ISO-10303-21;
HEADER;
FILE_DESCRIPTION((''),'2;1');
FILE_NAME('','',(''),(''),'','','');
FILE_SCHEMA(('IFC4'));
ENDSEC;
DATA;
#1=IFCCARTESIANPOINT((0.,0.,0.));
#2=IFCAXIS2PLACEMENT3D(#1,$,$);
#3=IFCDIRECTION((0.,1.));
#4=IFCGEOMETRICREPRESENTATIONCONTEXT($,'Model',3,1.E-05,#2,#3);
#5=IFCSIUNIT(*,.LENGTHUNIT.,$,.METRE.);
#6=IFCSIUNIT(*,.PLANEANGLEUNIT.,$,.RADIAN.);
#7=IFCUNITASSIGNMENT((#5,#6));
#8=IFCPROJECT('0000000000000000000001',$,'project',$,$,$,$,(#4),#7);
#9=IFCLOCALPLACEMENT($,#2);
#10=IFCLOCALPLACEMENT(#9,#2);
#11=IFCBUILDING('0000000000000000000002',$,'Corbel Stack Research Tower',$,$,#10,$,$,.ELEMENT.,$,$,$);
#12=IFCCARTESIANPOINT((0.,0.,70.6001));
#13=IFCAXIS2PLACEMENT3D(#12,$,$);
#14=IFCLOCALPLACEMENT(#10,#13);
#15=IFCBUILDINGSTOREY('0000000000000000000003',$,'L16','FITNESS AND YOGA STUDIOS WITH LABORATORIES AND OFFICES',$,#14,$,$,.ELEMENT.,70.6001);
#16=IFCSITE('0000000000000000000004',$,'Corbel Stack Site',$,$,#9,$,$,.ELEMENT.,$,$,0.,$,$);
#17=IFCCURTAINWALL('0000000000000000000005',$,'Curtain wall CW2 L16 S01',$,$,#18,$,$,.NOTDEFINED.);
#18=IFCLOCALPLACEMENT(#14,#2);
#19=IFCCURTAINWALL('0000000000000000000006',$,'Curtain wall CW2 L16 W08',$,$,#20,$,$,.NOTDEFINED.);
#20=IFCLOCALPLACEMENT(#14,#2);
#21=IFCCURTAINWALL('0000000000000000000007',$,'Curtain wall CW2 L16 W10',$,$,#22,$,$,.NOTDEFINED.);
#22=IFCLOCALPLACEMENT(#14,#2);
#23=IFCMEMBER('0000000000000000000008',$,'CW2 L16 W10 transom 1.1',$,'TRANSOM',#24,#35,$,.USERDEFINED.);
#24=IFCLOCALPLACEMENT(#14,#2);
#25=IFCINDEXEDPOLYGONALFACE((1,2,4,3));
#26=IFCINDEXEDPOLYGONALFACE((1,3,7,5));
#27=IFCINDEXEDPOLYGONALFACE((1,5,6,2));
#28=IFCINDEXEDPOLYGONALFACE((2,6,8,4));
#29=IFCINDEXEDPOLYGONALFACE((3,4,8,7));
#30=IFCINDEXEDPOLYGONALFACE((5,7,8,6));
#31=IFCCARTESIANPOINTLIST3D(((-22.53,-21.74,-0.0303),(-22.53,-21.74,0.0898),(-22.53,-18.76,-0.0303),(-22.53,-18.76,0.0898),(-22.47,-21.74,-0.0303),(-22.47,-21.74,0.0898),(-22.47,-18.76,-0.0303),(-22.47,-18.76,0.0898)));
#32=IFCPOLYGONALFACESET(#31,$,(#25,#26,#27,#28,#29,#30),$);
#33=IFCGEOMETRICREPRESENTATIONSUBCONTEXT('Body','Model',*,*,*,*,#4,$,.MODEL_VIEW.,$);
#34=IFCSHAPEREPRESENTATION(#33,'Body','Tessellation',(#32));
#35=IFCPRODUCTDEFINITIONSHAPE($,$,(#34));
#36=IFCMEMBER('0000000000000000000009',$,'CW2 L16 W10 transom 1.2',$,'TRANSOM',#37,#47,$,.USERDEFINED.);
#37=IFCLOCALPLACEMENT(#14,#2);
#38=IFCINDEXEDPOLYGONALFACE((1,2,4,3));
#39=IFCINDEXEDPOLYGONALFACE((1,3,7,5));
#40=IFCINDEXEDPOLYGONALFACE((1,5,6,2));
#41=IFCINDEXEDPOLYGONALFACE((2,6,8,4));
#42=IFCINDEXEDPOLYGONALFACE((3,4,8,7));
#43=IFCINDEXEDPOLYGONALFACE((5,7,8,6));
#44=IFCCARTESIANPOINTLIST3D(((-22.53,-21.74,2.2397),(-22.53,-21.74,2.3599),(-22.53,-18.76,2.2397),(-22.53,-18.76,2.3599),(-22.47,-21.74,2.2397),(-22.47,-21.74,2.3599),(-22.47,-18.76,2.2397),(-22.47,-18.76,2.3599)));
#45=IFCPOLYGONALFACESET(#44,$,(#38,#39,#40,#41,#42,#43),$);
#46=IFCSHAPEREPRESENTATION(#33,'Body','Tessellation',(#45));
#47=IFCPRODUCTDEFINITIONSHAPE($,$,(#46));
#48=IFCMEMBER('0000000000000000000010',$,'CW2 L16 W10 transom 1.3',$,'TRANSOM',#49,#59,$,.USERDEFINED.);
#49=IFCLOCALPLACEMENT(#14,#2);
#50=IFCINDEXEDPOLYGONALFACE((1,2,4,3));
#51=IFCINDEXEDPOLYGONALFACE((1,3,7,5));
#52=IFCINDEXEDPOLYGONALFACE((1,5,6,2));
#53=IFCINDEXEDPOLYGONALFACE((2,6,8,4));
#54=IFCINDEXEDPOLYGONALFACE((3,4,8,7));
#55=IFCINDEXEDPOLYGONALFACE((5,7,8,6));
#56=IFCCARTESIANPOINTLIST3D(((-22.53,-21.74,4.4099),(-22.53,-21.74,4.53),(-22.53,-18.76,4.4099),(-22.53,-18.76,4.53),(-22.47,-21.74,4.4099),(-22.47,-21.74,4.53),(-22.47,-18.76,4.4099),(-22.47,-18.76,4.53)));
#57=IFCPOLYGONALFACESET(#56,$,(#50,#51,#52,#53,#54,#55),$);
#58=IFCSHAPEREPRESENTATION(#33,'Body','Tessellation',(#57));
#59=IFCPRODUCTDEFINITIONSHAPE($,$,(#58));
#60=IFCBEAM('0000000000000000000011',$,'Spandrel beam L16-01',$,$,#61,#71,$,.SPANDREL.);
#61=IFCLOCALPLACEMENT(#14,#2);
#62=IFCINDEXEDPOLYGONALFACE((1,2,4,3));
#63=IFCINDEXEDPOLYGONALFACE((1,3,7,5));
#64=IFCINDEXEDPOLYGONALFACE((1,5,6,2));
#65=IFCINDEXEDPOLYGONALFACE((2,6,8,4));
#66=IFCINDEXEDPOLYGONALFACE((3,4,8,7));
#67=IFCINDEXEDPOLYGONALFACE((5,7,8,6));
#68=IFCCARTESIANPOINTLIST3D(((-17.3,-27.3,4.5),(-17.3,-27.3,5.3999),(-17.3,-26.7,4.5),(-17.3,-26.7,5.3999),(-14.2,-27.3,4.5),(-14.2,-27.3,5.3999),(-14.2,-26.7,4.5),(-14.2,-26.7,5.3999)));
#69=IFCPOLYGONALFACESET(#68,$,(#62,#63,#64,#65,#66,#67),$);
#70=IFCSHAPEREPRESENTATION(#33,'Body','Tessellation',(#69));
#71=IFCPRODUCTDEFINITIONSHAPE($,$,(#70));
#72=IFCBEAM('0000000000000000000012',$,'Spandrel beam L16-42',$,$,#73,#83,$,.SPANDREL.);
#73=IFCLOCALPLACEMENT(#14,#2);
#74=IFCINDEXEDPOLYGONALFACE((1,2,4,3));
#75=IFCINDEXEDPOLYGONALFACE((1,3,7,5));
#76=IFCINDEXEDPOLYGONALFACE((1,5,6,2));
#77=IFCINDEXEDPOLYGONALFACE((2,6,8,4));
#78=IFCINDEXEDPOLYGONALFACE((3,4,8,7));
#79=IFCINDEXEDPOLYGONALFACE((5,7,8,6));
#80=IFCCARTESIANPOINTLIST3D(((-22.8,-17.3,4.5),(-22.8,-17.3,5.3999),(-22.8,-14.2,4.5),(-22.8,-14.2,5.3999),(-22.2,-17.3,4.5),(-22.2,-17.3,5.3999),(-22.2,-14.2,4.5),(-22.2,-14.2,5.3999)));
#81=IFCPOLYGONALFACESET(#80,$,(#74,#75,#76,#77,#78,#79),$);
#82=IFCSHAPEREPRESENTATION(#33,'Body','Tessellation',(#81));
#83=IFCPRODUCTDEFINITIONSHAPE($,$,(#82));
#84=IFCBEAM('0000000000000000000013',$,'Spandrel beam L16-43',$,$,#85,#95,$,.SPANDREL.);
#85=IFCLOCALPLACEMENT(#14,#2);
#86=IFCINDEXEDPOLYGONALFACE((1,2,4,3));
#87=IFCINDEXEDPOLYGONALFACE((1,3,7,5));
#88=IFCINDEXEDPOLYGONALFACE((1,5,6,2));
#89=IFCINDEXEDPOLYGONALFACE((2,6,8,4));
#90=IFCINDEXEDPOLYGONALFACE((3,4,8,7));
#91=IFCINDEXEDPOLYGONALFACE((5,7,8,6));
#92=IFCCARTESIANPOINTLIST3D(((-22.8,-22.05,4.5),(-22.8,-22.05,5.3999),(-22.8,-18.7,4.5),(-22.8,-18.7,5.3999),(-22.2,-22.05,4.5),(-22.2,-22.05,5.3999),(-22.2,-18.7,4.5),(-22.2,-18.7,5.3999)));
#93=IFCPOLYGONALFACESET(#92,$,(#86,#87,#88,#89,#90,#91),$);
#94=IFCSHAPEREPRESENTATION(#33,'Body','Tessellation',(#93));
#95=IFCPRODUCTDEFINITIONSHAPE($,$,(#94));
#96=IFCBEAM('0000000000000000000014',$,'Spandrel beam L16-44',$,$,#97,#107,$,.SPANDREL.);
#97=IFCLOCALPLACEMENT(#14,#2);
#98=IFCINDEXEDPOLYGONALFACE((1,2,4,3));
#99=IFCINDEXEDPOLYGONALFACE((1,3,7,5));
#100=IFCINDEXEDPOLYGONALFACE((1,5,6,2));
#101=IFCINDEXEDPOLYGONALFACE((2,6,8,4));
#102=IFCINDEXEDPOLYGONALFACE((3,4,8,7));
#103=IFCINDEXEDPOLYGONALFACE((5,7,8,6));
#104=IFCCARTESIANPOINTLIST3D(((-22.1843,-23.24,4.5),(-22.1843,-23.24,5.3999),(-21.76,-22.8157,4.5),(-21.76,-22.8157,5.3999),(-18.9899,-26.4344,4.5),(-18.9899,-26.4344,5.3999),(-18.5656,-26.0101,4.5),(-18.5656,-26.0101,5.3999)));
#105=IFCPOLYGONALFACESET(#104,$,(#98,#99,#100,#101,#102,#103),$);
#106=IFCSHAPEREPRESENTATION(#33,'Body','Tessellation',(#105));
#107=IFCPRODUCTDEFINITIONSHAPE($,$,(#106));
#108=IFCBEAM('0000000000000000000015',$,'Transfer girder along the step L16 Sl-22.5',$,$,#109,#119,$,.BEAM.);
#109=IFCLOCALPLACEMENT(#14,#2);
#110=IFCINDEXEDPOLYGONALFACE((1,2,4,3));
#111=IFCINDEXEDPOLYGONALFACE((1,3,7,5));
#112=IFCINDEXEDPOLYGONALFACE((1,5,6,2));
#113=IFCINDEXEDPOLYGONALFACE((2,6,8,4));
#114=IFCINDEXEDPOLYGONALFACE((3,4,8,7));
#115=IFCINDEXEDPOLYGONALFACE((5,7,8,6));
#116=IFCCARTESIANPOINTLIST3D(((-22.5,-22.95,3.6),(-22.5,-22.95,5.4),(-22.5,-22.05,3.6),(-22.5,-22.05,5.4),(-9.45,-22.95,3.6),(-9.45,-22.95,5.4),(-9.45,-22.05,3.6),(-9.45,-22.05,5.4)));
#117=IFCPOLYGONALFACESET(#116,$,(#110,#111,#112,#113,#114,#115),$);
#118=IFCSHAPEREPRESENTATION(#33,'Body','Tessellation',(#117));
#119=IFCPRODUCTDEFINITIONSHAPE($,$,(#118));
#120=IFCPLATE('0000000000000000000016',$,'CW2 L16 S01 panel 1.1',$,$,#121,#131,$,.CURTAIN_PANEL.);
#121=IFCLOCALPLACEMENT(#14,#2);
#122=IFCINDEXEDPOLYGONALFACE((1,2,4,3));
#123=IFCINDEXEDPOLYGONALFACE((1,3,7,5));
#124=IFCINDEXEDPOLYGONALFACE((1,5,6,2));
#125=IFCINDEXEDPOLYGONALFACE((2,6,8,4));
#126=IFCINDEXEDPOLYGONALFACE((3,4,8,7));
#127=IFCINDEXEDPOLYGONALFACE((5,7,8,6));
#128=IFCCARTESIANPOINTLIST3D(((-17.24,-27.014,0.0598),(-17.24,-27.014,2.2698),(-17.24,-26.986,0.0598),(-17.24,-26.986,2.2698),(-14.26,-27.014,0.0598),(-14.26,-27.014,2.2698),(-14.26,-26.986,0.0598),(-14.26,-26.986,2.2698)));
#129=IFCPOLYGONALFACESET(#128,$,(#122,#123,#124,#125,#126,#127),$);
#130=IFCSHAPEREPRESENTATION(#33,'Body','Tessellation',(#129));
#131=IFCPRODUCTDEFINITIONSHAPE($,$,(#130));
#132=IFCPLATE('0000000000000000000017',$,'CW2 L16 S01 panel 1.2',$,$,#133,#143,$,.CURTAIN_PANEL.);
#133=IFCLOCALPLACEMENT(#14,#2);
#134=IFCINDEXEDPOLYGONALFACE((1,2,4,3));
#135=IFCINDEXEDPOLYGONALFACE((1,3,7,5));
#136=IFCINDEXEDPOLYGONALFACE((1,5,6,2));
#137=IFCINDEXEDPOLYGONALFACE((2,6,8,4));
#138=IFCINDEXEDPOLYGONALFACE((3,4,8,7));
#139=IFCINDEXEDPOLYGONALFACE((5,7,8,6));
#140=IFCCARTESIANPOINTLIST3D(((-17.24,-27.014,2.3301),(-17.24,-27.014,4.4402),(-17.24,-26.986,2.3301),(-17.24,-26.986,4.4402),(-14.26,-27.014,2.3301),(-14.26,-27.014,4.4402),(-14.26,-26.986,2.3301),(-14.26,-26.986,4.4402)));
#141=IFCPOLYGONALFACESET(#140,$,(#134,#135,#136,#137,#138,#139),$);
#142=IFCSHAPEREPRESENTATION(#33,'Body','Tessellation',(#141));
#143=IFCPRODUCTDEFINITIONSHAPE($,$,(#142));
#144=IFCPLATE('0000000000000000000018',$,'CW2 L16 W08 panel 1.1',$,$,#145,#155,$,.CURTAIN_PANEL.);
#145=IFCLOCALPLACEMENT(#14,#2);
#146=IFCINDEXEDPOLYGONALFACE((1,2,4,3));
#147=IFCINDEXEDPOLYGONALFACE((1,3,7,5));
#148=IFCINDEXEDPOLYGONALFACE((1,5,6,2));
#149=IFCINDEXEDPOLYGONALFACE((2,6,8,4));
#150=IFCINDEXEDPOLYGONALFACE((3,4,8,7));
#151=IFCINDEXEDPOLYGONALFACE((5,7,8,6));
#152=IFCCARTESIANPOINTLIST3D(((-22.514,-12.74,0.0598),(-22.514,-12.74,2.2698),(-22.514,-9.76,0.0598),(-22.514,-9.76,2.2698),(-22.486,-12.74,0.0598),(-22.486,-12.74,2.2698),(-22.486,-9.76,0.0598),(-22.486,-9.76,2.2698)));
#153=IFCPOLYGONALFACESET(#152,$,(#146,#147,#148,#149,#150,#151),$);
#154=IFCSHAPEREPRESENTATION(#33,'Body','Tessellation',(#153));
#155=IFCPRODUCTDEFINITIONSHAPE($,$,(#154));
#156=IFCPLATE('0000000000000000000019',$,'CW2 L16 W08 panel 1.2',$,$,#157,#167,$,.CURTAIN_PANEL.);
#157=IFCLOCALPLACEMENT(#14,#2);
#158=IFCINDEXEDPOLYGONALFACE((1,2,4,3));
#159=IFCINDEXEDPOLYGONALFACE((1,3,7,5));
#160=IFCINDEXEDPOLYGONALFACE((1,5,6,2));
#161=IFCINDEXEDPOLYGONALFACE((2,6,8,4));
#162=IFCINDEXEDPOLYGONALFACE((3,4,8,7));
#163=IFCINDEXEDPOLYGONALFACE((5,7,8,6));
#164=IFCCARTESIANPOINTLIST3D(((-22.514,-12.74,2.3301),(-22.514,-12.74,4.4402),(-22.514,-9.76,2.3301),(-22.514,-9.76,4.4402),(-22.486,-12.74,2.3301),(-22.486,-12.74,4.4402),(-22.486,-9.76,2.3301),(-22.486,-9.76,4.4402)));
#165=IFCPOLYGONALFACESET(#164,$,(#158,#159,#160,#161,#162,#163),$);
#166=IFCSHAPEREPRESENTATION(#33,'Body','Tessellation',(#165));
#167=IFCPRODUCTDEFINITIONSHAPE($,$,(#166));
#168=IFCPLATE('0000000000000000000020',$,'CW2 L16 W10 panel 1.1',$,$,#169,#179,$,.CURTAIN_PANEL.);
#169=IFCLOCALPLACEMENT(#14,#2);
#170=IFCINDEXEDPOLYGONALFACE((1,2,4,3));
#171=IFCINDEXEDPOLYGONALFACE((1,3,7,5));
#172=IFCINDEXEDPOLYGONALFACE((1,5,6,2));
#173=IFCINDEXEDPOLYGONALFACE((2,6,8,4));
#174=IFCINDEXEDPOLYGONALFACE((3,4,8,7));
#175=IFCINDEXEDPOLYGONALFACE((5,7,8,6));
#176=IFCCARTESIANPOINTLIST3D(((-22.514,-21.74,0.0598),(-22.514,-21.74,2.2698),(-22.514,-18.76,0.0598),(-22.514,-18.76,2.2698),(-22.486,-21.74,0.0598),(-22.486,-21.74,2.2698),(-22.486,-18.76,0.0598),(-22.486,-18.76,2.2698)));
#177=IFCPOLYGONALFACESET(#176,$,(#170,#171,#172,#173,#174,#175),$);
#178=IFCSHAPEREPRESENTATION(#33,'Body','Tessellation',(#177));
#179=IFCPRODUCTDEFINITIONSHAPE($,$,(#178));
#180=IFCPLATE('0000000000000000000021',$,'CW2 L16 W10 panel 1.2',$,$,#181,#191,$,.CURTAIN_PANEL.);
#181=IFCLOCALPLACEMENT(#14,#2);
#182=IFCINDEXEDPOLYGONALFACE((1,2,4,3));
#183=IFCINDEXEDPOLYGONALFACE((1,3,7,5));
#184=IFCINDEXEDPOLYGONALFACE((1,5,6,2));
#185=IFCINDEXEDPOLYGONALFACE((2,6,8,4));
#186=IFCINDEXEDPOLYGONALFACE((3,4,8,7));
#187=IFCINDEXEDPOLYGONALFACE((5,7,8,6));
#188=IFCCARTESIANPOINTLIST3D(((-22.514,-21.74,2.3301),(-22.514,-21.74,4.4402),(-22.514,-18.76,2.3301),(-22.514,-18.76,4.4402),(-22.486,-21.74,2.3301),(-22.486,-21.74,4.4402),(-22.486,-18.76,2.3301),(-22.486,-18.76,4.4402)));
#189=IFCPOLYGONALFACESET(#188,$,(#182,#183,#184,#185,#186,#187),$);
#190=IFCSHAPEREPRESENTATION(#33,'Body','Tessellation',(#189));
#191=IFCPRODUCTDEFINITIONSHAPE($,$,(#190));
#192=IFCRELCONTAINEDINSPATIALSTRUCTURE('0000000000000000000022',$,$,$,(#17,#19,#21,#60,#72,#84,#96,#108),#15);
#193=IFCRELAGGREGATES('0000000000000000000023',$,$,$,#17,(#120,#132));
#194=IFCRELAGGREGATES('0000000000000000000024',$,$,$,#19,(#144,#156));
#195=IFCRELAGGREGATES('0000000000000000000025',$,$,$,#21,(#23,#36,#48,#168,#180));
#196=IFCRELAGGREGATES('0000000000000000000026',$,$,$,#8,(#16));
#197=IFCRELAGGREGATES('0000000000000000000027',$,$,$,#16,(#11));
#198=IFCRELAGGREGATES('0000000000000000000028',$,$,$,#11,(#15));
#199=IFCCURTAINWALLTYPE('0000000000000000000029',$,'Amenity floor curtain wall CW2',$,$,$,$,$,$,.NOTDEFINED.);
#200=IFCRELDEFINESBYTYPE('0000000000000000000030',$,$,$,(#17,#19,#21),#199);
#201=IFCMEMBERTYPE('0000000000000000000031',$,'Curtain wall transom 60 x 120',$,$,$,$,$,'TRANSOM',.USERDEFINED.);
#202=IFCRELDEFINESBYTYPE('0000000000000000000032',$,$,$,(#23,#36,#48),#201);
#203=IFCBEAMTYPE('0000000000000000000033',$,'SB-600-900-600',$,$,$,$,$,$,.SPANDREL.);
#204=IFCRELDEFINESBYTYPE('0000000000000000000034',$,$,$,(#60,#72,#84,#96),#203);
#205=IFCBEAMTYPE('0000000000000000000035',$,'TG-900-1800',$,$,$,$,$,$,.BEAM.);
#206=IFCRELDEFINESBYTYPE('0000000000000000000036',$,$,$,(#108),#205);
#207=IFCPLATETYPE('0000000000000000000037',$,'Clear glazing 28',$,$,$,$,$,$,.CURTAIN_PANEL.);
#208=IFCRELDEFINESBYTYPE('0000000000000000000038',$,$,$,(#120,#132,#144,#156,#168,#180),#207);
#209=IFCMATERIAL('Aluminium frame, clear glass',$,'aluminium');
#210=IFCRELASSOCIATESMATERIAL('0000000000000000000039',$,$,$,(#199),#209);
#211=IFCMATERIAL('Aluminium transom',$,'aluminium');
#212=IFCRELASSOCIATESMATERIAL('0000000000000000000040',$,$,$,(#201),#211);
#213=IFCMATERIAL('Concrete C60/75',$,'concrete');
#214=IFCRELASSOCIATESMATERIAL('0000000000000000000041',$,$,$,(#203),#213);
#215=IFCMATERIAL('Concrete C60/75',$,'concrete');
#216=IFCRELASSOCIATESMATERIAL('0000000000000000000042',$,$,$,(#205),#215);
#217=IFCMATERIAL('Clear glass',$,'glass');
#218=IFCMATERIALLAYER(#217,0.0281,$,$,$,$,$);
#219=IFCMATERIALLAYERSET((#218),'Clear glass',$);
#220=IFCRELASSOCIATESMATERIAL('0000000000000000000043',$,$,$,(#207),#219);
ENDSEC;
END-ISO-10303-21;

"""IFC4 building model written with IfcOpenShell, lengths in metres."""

from ifc_helpers import new_model, si_unit, direction, frame, origin, origin_2d, place, context, subcontext, project, spatial, rectangle, extrude, material, layer, layer_set, material_profile, profile_set, type_object, element, aggregate, save


model = new_model("IFC4")

# Units and contexts
model_context = context("Model", 3, precision=1e-05, world=origin(), true_north=direction((0.0, 1.0)))
body_context = subcontext(model_context, "Body", "Model", "MODEL_VIEW")
ifc_project = project(units=[si_unit("LENGTHUNIT", "METRE"), si_unit("PLANEANGLEUNIT", "RADIAN")], contexts=[model_context])

# Site, building, storey
site_placement = place(None, origin())
site = spatial("IfcSite", under=ifc_project, at=site_placement, Name="Corbel Stack Site", CompositionType="ELEMENT", RefElevation=0.0)
building_placement = place(site_placement, origin())
building = spatial("IfcBuilding", under=site, at=building_placement, Name="Corbel Stack Research Tower", CompositionType="ELEMENT")
storey_placement = place(building_placement, frame((0.0, 0.0, 70.6001)))
storey = spatial("IfcBuildingStorey", under=building, at=storey_placement, Name="L16", Description="FITNESS AND YOGA STUDIOS WITH LABORATORIES AND OFFICES", CompositionType="ELEMENT", Elevation=70.6001)

# Curtain wall
ifc_material_1 = material(Name="Aluminium frame, clear glass", Category="aluminium")
curtain_wall_type = type_object("IfcCurtainWallType", Name="Amenity floor curtain wall CW2", PredefinedType="NOTDEFINED", material=ifc_material_1)
curtain_wall_1_placement = place(storey_placement, origin())
curtain_wall_1 = element("IfcCurtainWall", 1, at=curtain_wall_1_placement, inside=storey, type_object=curtain_wall_type, Name="Curtain wall CW2 L16 S01", PredefinedType="NOTDEFINED")

# Curtain wall
curtain_wall_2_placement = place(storey_placement, origin())
curtain_wall_2 = element("IfcCurtainWall", 2, at=curtain_wall_2_placement, inside=storey, type_object=curtain_wall_type, Name="Curtain wall CW2 L16 W08", PredefinedType="NOTDEFINED")

# Curtain wall
curtain_wall_3_placement = place(storey_placement, origin())
curtain_wall_3 = element("IfcCurtainWall", 3, at=curtain_wall_3_placement, inside=storey, type_object=curtain_wall_type, Name="Curtain wall CW2 L16 W10", PredefinedType="NOTDEFINED")

# Members
ifc_material_2 = material(Name="Aluminium transom", Category="aluminium")
ifc_material_profile_1 = material_profile(ifc_material_2, rectangle(XDim=0.0601, YDim=0.1201, at=origin_2d()), Name="Transom 60 x 120")
ifc_profile_set_1 = profile_set([ifc_material_profile_1], Name="Aluminium transom")
member_type_1 = type_object("IfcMemberType", Name="Curtain wall transom 60 x 120", ElementType="TRANSOM", PredefinedType="USERDEFINED", material=ifc_profile_set_1)
member_1_placement = place(storey_placement, frame((-22.5, -18.76, 0.0298), z_axis=(0.0, -1.0, 0.0), x_axis=(1.0, 0.0, 0.0)))
member_1 = element("IfcMember", 4, at=member_1_placement, type_object=member_type_1, Name="CW2 L16 W10 transom 1.1", ObjectType="TRANSOM", PredefinedType="USERDEFINED", context=body_context, shape_type="SweptSolid", body=[
    extrude(rectangle(XDim=0.0601, YDim=0.1201, at=origin_2d()), origin(), (0.0, 0.0, 1.0), 2.98),
])
member_2_placement = place(storey_placement, frame((-22.5, -18.76, 2.2998), z_axis=(0.0, -1.0, 0.0), x_axis=(1.0, 0.0, 0.0)))
member_2 = element("IfcMember", 5, at=member_2_placement, type_object=member_type_1, Name="CW2 L16 W10 transom 1.2", ObjectType="TRANSOM", PredefinedType="USERDEFINED", context=body_context, shape_type="SweptSolid", body=[
    extrude(rectangle(XDim=0.0601, YDim=0.1201, at=origin_2d()), origin(), (0.0, 0.0, 1.0), 2.98),
])
member_3_placement = place(storey_placement, frame((-22.5, -18.76, 4.47), z_axis=(0.0, -1.0, 0.0), x_axis=(1.0, 0.0, 0.0)))
member_3 = element("IfcMember", 6, at=member_3_placement, type_object=member_type_1, Name="CW2 L16 W10 transom 1.3", ObjectType="TRANSOM", PredefinedType="USERDEFINED", context=body_context, shape_type="SweptSolid", body=[
    extrude(rectangle(XDim=0.0601, YDim=0.1201, at=origin_2d()), origin(), (0.0, 0.0, 1.0), 2.98),
])

# Beams
ifc_material_3 = material(Name="Concrete C60/75", Category="concrete")
ifc_material_profile_2 = material_profile(ifc_material_3, rectangle(XDim=0.6001, YDim=0.8999, at=origin_2d()), Name="RC 600 x 900")
ifc_profile_set_2 = profile_set([ifc_material_profile_2], Name="Concrete C60/75")
beam_type_1 = type_object("IfcBeamType", Name="SB-600-900-600", PredefinedType="SPANDREL", material=ifc_profile_set_2)
for number, where, z_axis, x_axis, name in (
    (7, (-17.3, -27.0, 4.95), (1.0, 0.0, 0.0), (0.0, 1.0, 0.0), "Spandrel beam L16-01"),
    (8, (-22.5, -14.2, 4.95), (0.0, -1.0, 0.0), (1.0, 0.0, 0.0), "Spandrel beam L16-42"),
):
    element("IfcBeam", number, at=place(storey_placement, frame(where, z_axis=z_axis, x_axis=x_axis)), inside=storey, type_object=beam_type_1, Name=name, PredefinedType="SPANDREL", context=body_context, shape_type="SweptSolid", body=[
        extrude(rectangle(XDim=0.6001, YDim=0.8999, at=origin_2d()), origin(), (0.0, 0.0, 1.0), 3.1001),
    ])
beam_1_placement = place(storey_placement, frame((-22.5, -18.7, 4.95), z_axis=(0.0, -1.0, 0.0), x_axis=(1.0, 0.0, 0.0)))
element("IfcBeam", 9, at=beam_1_placement, inside=storey, type_object=beam_type_1, Name="Spandrel beam L16-43", PredefinedType="SPANDREL", context=body_context, shape_type="SweptSolid", body=[
    extrude(rectangle(XDim=0.6001, YDim=0.8999, at=origin_2d()), origin(), (0.0, 0.0, 1.0), 3.3501),
])
beam_2_placement = place(storey_placement, frame((-21.9722, -23.0278, 4.95), z_axis=(0.707107, -0.707107, 0.0), x_axis=(0.707107, 0.707107, 0.0)))
element("IfcBeam", 10, at=beam_2_placement, inside=storey, type_object=beam_type_1, Name="Spandrel beam L16-44", PredefinedType="SPANDREL", context=body_context, shape_type="SweptSolid", body=[
    extrude(rectangle(XDim=0.6001, YDim=0.8999, at=origin_2d()), origin(), (0.0, 0.0, 1.0), 4.5176),
])
ifc_material_4 = material(Name="Concrete C60/75", Category="concrete")
ifc_material_profile_3 = material_profile(ifc_material_4, rectangle(XDim=0.8999, YDim=1.8, at=origin_2d()), Name="RC 900 x 1800")
ifc_profile_set_3 = profile_set([ifc_material_profile_3], Name="Concrete C60/75")
beam_type_2 = type_object("IfcBeamType", Name="TG-900-1800", PredefinedType="BEAM", material=ifc_profile_set_3)
beam_3_placement = place(storey_placement, frame((-22.5, -22.5, 4.5), z_axis=(1.0, 0.0, 0.0), x_axis=(0.0, 1.0, 0.0)))
element("IfcBeam", 11, at=beam_3_placement, inside=storey, type_object=beam_type_2, Name="Transfer girder along the step L16 Sl-22.5", PredefinedType="BEAM", context=body_context, shape_type="SweptSolid", body=[
    extrude(rectangle(XDim=0.8999, YDim=1.8, at=origin_2d()), origin(), (0.0, 0.0, 1.0), 13.05),
])

# Plates
ifc_material_5 = material(Name="Clear glass", Category="glass")
ifc_layer_1 = layer(ifc_material_5, 0.0281)
ifc_layer_set_1 = layer_set([ifc_layer_1], Name="Clear glass")
plate_type = type_object("IfcPlateType", Name="Clear glazing 28", PredefinedType="CURTAIN_PANEL", material=ifc_layer_set_1)
plate_1_placement = place(storey_placement, frame((-15.75, -27.0, 0.0598), z_axis=(0.0, 0.0, 1.0), x_axis=(1.0, 0.0, 0.0)))
plate_1 = element("IfcPlate", 12, at=plate_1_placement, type_object=plate_type, Name="CW2 L16 S01 panel 1.1", PredefinedType="CURTAIN_PANEL", context=body_context, shape_type="SweptSolid", body=[
    extrude(rectangle(XDim=2.98, YDim=0.0281, at=origin_2d()), origin(), (0.0, 0.0, 1.0), 2.21),
])
plate_2_placement = place(storey_placement, frame((-15.75, -27.0, 2.3301), z_axis=(0.0, 0.0, 1.0), x_axis=(1.0, 0.0, 0.0)))
plate_2 = element("IfcPlate", 13, at=plate_2_placement, type_object=plate_type, Name="CW2 L16 S01 panel 1.2", PredefinedType="CURTAIN_PANEL", context=body_context, shape_type="SweptSolid", body=[
    extrude(rectangle(XDim=2.98, YDim=0.0281, at=origin_2d()), origin(), (0.0, 0.0, 1.0), 2.1101),
])
aggregate(curtain_wall_1, [plate_1, plate_2])
plate_3_placement = place(storey_placement, frame((-22.5, -11.25, 0.0598), z_axis=(0.0, 0.0, 1.0), x_axis=(0.0, -1.0, 0.0)))
plate_3 = element("IfcPlate", 14, at=plate_3_placement, type_object=plate_type, Name="CW2 L16 W08 panel 1.1", PredefinedType="CURTAIN_PANEL", context=body_context, shape_type="SweptSolid", body=[
    extrude(rectangle(XDim=2.98, YDim=0.0281, at=origin_2d()), origin(), (0.0, 0.0, 1.0), 2.21),
])
plate_4_placement = place(storey_placement, frame((-22.5, -11.25, 2.3301), z_axis=(0.0, 0.0, 1.0), x_axis=(0.0, -1.0, 0.0)))
plate_4 = element("IfcPlate", 15, at=plate_4_placement, type_object=plate_type, Name="CW2 L16 W08 panel 1.2", PredefinedType="CURTAIN_PANEL", context=body_context, shape_type="SweptSolid", body=[
    extrude(rectangle(XDim=2.98, YDim=0.0281, at=origin_2d()), origin(), (0.0, 0.0, 1.0), 2.1101),
])
aggregate(curtain_wall_2, [plate_3, plate_4])
plate_5_placement = place(storey_placement, frame((-22.5, -20.25, 0.0598), z_axis=(0.0, 0.0, 1.0), x_axis=(0.0, -1.0, 0.0)))
plate_5 = element("IfcPlate", 16, at=plate_5_placement, type_object=plate_type, Name="CW2 L16 W10 panel 1.1", PredefinedType="CURTAIN_PANEL", context=body_context, shape_type="SweptSolid", body=[
    extrude(rectangle(XDim=2.98, YDim=0.0281, at=origin_2d()), origin(), (0.0, 0.0, 1.0), 2.21),
])
plate_6_placement = place(storey_placement, frame((-22.5, -20.25, 2.3301), z_axis=(0.0, 0.0, 1.0), x_axis=(0.0, -1.0, 0.0)))
plate_6 = element("IfcPlate", 17, at=plate_6_placement, type_object=plate_type, Name="CW2 L16 W10 panel 1.2", PredefinedType="CURTAIN_PANEL", context=body_context, shape_type="SweptSolid", body=[
    extrude(rectangle(XDim=2.98, YDim=0.0281, at=origin_2d()), origin(), (0.0, 0.0, 1.0), 2.1101),
])
aggregate(curtain_wall_3, [member_1, member_2, member_3, plate_5, plate_6])

save(model, "model.ifc")
